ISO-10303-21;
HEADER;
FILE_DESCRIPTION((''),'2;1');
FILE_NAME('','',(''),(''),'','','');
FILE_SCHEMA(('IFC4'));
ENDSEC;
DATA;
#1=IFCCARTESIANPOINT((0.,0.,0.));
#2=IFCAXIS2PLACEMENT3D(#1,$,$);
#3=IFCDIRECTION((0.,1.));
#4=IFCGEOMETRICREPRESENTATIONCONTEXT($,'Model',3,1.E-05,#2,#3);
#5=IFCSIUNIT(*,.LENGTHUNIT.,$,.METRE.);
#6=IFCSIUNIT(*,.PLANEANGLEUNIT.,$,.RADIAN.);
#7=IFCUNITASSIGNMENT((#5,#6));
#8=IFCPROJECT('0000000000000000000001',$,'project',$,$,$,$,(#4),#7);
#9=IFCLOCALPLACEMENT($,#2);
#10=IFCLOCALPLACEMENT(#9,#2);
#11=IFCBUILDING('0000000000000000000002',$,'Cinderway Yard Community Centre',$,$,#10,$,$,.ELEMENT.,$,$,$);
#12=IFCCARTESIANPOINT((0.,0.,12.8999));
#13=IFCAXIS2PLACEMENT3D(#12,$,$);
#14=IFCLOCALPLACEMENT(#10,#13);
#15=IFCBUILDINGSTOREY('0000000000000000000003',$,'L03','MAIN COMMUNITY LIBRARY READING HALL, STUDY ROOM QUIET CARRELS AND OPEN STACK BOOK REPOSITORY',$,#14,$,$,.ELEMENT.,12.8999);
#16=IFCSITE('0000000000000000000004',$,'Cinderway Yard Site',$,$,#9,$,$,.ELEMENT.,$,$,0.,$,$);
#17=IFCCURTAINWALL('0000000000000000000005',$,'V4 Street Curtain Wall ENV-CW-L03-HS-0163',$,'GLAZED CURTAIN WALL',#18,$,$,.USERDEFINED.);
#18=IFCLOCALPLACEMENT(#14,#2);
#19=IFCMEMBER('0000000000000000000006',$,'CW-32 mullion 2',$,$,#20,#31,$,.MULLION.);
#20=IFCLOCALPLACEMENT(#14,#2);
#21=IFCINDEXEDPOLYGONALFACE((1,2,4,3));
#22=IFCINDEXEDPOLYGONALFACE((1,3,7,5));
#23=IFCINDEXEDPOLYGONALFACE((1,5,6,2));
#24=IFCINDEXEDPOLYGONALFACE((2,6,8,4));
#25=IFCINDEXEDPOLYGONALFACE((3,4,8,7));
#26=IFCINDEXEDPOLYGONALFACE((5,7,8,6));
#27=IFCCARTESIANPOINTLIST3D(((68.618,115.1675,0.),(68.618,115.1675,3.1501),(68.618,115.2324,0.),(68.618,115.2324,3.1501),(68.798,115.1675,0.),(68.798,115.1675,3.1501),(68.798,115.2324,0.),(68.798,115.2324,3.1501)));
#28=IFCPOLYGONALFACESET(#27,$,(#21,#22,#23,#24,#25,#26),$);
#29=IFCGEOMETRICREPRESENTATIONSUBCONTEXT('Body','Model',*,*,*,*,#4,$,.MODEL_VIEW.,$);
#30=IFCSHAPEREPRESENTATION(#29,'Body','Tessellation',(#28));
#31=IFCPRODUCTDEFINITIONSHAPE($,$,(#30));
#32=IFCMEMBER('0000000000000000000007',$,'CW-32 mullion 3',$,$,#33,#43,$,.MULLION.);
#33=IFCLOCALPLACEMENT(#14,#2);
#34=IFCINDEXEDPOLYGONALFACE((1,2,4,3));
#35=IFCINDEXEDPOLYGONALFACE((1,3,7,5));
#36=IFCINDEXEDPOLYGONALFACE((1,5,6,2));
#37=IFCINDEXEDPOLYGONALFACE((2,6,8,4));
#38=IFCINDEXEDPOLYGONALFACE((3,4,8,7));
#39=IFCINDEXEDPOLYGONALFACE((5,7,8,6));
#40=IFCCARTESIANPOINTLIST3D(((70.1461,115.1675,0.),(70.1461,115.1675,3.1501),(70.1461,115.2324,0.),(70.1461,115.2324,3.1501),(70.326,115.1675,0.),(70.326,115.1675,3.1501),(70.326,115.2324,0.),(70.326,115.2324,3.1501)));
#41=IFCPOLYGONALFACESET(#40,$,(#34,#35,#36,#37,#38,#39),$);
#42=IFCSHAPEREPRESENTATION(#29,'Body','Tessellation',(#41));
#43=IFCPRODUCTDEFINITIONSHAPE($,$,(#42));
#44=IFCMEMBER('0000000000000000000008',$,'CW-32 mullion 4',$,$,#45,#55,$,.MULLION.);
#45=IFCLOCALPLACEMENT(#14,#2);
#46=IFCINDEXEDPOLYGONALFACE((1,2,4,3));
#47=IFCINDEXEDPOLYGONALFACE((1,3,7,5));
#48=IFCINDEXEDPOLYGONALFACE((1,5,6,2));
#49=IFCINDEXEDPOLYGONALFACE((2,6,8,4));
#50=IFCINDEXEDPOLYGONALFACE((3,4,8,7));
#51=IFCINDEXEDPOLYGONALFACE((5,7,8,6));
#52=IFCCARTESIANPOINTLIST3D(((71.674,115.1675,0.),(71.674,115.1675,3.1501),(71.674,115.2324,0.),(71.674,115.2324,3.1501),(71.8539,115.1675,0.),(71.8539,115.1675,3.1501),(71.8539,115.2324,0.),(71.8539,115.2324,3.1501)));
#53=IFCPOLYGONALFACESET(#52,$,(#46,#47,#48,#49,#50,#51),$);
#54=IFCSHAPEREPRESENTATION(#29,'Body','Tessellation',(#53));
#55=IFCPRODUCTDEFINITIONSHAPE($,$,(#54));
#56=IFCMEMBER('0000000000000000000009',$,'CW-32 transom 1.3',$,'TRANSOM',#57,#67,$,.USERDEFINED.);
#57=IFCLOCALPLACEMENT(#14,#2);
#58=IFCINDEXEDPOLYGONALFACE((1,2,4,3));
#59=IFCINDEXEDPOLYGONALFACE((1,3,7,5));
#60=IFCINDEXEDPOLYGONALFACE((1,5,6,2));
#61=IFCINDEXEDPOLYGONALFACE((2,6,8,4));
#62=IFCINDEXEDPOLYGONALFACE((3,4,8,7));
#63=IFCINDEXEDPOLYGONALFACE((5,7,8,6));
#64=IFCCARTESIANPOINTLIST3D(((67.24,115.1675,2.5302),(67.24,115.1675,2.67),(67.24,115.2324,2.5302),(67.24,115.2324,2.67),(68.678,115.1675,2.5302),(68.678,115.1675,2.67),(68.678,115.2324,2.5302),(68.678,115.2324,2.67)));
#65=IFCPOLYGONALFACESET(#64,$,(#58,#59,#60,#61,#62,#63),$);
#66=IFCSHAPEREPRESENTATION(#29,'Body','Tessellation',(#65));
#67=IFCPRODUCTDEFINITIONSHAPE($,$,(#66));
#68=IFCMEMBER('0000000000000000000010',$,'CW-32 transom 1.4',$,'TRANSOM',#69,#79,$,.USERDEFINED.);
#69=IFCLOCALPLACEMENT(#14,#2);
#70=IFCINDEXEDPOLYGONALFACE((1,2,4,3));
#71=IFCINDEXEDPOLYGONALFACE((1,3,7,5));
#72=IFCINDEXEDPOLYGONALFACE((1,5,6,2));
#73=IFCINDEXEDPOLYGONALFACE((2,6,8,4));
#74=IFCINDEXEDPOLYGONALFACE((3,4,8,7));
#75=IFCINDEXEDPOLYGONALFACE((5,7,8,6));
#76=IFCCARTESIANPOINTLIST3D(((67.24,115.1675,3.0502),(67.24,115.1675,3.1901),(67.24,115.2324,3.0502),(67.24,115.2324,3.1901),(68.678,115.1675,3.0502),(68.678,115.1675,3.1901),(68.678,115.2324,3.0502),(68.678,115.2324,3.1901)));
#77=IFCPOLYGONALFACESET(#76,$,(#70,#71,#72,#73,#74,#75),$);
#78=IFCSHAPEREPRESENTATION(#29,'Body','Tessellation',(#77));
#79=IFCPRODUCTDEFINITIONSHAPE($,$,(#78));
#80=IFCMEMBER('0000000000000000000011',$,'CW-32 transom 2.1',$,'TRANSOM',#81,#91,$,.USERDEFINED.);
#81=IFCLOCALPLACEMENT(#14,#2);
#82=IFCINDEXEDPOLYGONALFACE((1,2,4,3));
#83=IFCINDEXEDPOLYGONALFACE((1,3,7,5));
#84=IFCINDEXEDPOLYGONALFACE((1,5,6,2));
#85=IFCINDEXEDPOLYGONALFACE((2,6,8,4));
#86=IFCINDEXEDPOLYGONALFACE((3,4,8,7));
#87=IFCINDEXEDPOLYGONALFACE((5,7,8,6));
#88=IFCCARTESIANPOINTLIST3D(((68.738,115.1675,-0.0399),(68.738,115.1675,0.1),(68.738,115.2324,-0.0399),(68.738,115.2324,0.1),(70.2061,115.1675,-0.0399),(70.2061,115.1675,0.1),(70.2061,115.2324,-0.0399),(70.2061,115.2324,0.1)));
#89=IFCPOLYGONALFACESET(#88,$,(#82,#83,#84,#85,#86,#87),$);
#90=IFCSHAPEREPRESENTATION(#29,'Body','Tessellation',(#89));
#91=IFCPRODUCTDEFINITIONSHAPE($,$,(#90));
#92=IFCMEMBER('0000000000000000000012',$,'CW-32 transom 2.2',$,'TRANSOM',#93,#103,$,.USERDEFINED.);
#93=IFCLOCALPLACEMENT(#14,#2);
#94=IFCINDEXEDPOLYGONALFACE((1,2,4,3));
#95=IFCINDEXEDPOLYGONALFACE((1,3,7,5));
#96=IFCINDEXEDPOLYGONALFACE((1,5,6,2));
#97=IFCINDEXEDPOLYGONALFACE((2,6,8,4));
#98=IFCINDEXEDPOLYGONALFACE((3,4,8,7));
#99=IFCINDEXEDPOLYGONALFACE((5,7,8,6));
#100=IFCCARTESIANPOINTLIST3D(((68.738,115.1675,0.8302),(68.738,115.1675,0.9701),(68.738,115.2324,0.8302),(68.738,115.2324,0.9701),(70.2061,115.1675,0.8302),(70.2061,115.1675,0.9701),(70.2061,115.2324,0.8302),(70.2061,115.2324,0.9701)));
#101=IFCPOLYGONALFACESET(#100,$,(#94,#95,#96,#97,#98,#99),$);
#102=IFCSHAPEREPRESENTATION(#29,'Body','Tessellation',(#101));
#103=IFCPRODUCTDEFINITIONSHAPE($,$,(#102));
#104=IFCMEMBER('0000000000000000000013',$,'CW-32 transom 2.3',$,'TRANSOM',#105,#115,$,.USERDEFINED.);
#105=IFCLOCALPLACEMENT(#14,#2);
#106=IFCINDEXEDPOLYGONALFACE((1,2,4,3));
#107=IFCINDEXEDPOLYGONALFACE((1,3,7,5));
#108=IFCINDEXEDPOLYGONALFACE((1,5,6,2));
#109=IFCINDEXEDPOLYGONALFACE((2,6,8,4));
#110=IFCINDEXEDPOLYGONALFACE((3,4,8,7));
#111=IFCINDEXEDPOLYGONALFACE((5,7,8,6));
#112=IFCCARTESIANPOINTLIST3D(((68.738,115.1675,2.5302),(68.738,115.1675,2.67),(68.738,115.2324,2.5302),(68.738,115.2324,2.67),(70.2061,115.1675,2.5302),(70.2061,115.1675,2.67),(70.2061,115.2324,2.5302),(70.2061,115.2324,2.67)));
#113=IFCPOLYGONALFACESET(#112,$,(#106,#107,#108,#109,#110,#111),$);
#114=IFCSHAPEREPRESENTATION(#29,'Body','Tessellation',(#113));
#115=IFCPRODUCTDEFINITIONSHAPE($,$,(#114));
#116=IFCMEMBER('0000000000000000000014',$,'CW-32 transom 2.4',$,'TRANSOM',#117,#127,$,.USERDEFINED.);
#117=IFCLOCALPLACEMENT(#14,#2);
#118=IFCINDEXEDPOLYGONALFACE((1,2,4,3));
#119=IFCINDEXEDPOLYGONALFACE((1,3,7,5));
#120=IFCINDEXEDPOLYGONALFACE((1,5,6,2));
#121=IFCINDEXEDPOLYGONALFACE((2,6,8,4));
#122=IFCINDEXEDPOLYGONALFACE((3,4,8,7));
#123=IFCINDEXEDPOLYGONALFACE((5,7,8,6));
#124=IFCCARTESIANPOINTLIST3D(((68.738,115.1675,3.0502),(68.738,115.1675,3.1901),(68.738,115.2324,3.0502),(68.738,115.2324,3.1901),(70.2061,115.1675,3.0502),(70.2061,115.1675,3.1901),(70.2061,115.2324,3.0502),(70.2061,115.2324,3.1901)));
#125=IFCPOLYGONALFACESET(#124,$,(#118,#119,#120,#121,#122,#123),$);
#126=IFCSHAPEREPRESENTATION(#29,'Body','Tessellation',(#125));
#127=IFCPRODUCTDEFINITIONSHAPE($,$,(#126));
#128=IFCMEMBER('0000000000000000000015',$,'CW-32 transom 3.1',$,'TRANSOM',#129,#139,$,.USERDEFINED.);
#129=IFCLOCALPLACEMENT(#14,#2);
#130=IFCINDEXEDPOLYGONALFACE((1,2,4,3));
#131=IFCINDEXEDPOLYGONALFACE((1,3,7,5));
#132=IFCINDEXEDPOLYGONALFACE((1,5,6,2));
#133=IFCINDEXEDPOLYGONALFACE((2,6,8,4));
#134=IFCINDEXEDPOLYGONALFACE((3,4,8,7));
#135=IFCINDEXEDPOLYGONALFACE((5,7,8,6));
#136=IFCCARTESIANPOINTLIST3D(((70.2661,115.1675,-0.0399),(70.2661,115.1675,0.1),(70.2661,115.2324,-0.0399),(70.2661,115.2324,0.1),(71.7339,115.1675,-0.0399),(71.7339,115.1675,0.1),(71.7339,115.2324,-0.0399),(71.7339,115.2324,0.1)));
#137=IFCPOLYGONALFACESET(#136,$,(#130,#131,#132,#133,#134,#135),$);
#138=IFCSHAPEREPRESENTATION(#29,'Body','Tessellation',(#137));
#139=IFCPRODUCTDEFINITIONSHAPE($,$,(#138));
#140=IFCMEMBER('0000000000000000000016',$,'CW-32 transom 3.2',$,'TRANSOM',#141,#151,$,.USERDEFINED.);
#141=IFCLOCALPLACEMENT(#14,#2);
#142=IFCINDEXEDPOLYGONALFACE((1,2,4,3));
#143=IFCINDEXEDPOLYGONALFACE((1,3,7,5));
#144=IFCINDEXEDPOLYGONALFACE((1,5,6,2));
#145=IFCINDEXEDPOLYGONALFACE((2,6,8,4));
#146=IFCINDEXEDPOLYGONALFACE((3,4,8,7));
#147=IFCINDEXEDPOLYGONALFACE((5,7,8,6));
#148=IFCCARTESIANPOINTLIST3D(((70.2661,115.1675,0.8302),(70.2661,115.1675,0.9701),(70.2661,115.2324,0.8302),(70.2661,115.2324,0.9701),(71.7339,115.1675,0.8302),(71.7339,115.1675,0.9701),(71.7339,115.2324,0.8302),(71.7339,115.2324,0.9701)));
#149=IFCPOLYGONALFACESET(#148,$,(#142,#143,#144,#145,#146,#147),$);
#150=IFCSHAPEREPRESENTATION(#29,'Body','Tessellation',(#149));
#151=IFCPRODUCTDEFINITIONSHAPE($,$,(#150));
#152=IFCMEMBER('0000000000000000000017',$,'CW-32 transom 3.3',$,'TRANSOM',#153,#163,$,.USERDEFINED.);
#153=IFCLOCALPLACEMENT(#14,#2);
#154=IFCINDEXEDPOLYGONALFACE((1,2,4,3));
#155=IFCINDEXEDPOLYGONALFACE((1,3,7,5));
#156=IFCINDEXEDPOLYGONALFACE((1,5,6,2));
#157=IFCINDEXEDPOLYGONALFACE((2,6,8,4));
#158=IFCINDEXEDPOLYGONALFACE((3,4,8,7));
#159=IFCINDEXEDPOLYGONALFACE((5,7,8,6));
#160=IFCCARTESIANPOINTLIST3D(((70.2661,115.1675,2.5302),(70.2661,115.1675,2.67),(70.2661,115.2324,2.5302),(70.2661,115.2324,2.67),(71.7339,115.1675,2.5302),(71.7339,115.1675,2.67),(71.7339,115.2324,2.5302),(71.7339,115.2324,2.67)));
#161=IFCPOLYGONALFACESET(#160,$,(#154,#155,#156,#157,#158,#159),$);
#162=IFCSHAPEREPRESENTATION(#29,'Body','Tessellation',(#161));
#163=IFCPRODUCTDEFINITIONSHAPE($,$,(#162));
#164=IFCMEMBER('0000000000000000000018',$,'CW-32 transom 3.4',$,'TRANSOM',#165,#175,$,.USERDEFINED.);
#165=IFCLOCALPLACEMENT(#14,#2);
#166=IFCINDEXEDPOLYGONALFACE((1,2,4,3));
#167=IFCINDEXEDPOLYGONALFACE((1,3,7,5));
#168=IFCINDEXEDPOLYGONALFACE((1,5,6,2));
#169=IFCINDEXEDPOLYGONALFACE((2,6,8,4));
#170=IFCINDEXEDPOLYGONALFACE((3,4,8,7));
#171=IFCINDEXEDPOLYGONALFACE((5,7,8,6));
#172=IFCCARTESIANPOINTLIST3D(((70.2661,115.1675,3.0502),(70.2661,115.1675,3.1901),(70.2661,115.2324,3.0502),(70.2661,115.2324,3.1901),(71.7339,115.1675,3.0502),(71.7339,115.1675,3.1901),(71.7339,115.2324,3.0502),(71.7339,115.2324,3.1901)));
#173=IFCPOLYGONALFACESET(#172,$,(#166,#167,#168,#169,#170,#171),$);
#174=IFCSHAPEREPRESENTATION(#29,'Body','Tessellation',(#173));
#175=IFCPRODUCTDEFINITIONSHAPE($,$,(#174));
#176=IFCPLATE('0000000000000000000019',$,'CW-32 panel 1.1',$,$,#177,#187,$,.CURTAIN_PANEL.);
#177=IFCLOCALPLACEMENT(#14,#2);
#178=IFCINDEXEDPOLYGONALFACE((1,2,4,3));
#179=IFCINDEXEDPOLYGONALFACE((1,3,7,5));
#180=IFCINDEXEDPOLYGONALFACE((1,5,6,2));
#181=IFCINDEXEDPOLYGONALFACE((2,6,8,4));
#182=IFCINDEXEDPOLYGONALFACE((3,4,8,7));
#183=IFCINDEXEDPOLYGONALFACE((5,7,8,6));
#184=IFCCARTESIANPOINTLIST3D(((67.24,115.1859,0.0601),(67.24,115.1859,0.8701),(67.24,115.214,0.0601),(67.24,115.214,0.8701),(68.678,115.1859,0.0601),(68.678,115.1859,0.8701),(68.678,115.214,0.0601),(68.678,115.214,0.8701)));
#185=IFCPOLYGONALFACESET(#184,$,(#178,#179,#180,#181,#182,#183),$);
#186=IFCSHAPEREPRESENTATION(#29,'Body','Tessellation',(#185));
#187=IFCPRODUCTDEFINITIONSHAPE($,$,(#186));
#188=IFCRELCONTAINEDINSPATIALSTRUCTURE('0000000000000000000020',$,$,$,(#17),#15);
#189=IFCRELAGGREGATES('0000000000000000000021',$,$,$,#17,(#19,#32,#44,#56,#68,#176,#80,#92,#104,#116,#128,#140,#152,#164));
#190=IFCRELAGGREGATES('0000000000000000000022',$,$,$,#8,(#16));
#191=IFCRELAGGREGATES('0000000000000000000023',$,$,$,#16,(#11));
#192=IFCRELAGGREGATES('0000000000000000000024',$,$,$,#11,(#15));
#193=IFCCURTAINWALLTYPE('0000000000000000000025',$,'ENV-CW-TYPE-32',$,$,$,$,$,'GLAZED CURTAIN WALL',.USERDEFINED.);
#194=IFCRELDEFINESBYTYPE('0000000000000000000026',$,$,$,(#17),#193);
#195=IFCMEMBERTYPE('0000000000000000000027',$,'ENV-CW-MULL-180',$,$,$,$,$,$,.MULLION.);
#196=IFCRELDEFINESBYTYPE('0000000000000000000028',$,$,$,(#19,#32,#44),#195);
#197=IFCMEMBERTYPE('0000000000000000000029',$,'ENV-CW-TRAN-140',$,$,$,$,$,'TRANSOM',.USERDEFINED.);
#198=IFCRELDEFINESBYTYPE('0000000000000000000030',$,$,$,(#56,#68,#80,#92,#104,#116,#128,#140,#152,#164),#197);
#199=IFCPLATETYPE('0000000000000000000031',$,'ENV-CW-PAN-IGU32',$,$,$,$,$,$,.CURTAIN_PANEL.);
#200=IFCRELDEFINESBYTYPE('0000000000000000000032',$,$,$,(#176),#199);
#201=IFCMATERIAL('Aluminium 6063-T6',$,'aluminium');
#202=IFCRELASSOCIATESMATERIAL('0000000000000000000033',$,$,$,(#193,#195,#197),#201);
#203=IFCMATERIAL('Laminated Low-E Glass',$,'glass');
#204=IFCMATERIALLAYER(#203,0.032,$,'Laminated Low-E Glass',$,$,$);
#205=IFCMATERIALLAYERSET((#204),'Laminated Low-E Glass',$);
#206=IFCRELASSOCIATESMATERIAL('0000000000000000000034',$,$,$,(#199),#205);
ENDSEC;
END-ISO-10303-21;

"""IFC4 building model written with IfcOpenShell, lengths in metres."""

from ifc_helpers import new_model, si_unit, direction, frame, origin, origin_2d, place, context, subcontext, project, spatial, rectangle, extrude, material, layer, layer_set, material_profile, profile_set, type_object, element, aggregate, save


model = new_model("IFC4")

# Units and contexts
model_context = context("Model", 3, precision=1e-05, world=origin(), true_north=direction((0.0, 1.0)))
body_context = subcontext(model_context, "Body", "Model", "MODEL_VIEW")
ifc_project = project(units=[si_unit("LENGTHUNIT", "METRE"), si_unit("PLANEANGLEUNIT", "RADIAN")], contexts=[model_context])

# Site, building, storey
site_placement = place(None, origin())
site = spatial("IfcSite", under=ifc_project, at=site_placement, Name="Cinderway Yard Site", CompositionType="ELEMENT", RefElevation=0.0)
building_placement = place(site_placement, origin())
building = spatial("IfcBuilding", under=site, at=building_placement, Name="Cinderway Yard Community Centre", CompositionType="ELEMENT")
storey_placement = place(building_placement, frame((0.0, 0.0, 12.8999)))
storey = spatial("IfcBuildingStorey", under=building, at=storey_placement, Name="L03", Description="MAIN COMMUNITY LIBRARY READING HALL, STUDY ROOM QUIET CARRELS AND OPEN STACK BOOK REPOSITORY", CompositionType="ELEMENT", Elevation=12.8999)

# Curtain wall, members, plate
ifc_material_1 = material(Name="Aluminium 6063-T6", Category="aluminium")
curtain_wall_type = type_object("IfcCurtainWallType", Name="ENV-CW-TYPE-32", ElementType="GLAZED CURTAIN WALL", PredefinedType="USERDEFINED", material=ifc_material_1)
curtain_wall_placement = place(storey_placement, origin())
curtain_wall = element("IfcCurtainWall", 1, at=curtain_wall_placement, inside=storey, type_object=curtain_wall_type, Name="V4 Street Curtain Wall ENV-CW-L03-HS-0163", ObjectType="GLAZED CURTAIN WALL", PredefinedType="USERDEFINED")
ifc_material_profile_1 = material_profile(ifc_material_1, rectangle(XDim=0.0649, YDim=0.1799, at=origin_2d()), Name="Aluminium 6063-T6")
ifc_profile_set_1 = profile_set([ifc_material_profile_1], Name="Aluminium 6063-T6")
member_type_1 = type_object("IfcMemberType", Name="ENV-CW-MULL-180", PredefinedType="MULLION", material=ifc_profile_set_1)
member_1_placement = place(storey_placement, frame((68.708, 115.2, 0.0), z_axis=(0.0, 0.0, 1.0), x_axis=(0.0, 1.0, 0.0)))
member_1 = element("IfcMember", 2, at=member_1_placement, type_object=member_type_1, Name="CW-32 mullion 2", PredefinedType="MULLION", context=body_context, shape_type="SweptSolid", body=[
    extrude(rectangle(XDim=0.0649, YDim=0.1799, at=origin_2d()), origin(), (0.0, 0.0, 1.0), 3.1501),
])
member_2_placement = place(storey_placement, frame((70.2361, 115.2, 0.0), z_axis=(0.0, 0.0, 1.0), x_axis=(0.0, 1.0, 0.0)))
member_2 = element("IfcMember", 3, at=member_2_placement, type_object=member_type_1, Name="CW-32 mullion 3", PredefinedType="MULLION", context=body_context, shape_type="SweptSolid", body=[
    extrude(rectangle(XDim=0.0649, YDim=0.1799, at=origin_2d()), origin(), (0.0, 0.0, 1.0), 3.1501),
])
member_3_placement = place(storey_placement, frame((71.7639, 115.2, 0.0), z_axis=(0.0, 0.0, 1.0), x_axis=(0.0, 1.0, 0.0)))
member_3 = element("IfcMember", 4, at=member_3_placement, type_object=member_type_1, Name="CW-32 mullion 4", PredefinedType="MULLION", context=body_context, shape_type="SweptSolid", body=[
    extrude(rectangle(XDim=0.0649, YDim=0.1799, at=origin_2d()), origin(), (0.0, 0.0, 1.0), 3.1501),
])
ifc_material_profile_2 = material_profile(ifc_material_1, rectangle(XDim=0.0649, YDim=0.1399, at=origin_2d()), Name="Aluminium 6063-T6")
ifc_profile_set_2 = profile_set([ifc_material_profile_2], Name="Aluminium 6063-T6")
member_type_2 = type_object("IfcMemberType", Name="ENV-CW-TRAN-140", ElementType="TRANSOM", PredefinedType="USERDEFINED", material=ifc_profile_set_2)
member_4_placement = place(storey_placement, frame((67.24, 115.2, 2.6001), z_axis=(1.0, 0.0, 0.0), x_axis=(0.0, 1.0, 0.0)))
member_4 = element("IfcMember", 5, at=member_4_placement, type_object=member_type_2, Name="CW-32 transom 1.3", ObjectType="TRANSOM", PredefinedType="USERDEFINED", context=body_context, shape_type="SweptSolid", body=[
    extrude(rectangle(XDim=0.0649, YDim=0.1399, at=origin_2d()), origin(), (0.0, 0.0, 1.0), 1.438),
])
member_5_placement = place(storey_placement, frame((67.24, 115.2, 3.1201), z_axis=(1.0, 0.0, 0.0), x_axis=(0.0, 1.0, 0.0)))
member_5 = element("IfcMember", 6, at=member_5_placement, type_object=member_type_2, Name="CW-32 transom 1.4", ObjectType="TRANSOM", PredefinedType="USERDEFINED", context=body_context, shape_type="SweptSolid", body=[
    extrude(rectangle(XDim=0.0649, YDim=0.1399, at=origin_2d()), origin(), (0.0, 0.0, 1.0), 1.438),
])
member_6_placement = place(storey_placement, frame((68.738, 115.2, 0.03), z_axis=(1.0, 0.0, 0.0), x_axis=(0.0, 1.0, 0.0)))
member_6 = element("IfcMember", 7, at=member_6_placement, type_object=member_type_2, Name="CW-32 transom 2.1", ObjectType="TRANSOM", PredefinedType="USERDEFINED", context=body_context, shape_type="SweptSolid", body=[
    extrude(rectangle(XDim=0.0649, YDim=0.1399, at=origin_2d()), origin(), (0.0, 0.0, 1.0), 1.468),
])
member_7_placement = place(storey_placement, frame((68.738, 115.2, 0.9001), z_axis=(1.0, 0.0, 0.0), x_axis=(0.0, 1.0, 0.0)))
member_7 = element("IfcMember", 8, at=member_7_placement, type_object=member_type_2, Name="CW-32 transom 2.2", ObjectType="TRANSOM", PredefinedType="USERDEFINED", context=body_context, shape_type="SweptSolid", body=[
    extrude(rectangle(XDim=0.0649, YDim=0.1399, at=origin_2d()), origin(), (0.0, 0.0, 1.0), 1.468),
])
member_8_placement = place(storey_placement, frame((68.738, 115.2, 2.6001), z_axis=(1.0, 0.0, 0.0), x_axis=(0.0, 1.0, 0.0)))
member_8 = element("IfcMember", 9, at=member_8_placement, type_object=member_type_2, Name="CW-32 transom 2.3", ObjectType="TRANSOM", PredefinedType="USERDEFINED", context=body_context, shape_type="SweptSolid", body=[
    extrude(rectangle(XDim=0.0649, YDim=0.1399, at=origin_2d()), origin(), (0.0, 0.0, 1.0), 1.468),
])
member_9_placement = place(storey_placement, frame((68.738, 115.2, 3.1201), z_axis=(1.0, 0.0, 0.0), x_axis=(0.0, 1.0, 0.0)))
member_9 = element("IfcMember", 10, at=member_9_placement, type_object=member_type_2, Name="CW-32 transom 2.4", ObjectType="TRANSOM", PredefinedType="USERDEFINED", context=body_context, shape_type="SweptSolid", body=[
    extrude(rectangle(XDim=0.0649, YDim=0.1399, at=origin_2d()), origin(), (0.0, 0.0, 1.0), 1.468),
])
member_10_placement = place(storey_placement, frame((70.2661, 115.2, 0.03), z_axis=(1.0, 0.0, 0.0), x_axis=(0.0, 1.0, 0.0)))
member_10 = element("IfcMember", 11, at=member_10_placement, type_object=member_type_2, Name="CW-32 transom 3.1", ObjectType="TRANSOM", PredefinedType="USERDEFINED", context=body_context, shape_type="SweptSolid", body=[
    extrude(rectangle(XDim=0.0649, YDim=0.1399, at=origin_2d()), origin(), (0.0, 0.0, 1.0), 1.4678),
])
member_11_placement = place(storey_placement, frame((70.2661, 115.2, 0.9001), z_axis=(1.0, 0.0, 0.0), x_axis=(0.0, 1.0, 0.0)))
member_11 = element("IfcMember", 12, at=member_11_placement, type_object=member_type_2, Name="CW-32 transom 3.2", ObjectType="TRANSOM", PredefinedType="USERDEFINED", context=body_context, shape_type="SweptSolid", body=[
    extrude(rectangle(XDim=0.0649, YDim=0.1399, at=origin_2d()), origin(), (0.0, 0.0, 1.0), 1.4678),
])
member_12_placement = place(storey_placement, frame((70.2661, 115.2, 2.6001), z_axis=(1.0, 0.0, 0.0), x_axis=(0.0, 1.0, 0.0)))
member_12 = element("IfcMember", 13, at=member_12_placement, type_object=member_type_2, Name="CW-32 transom 3.3", ObjectType="TRANSOM", PredefinedType="USERDEFINED", context=body_context, shape_type="SweptSolid", body=[
    extrude(rectangle(XDim=0.0649, YDim=0.1399, at=origin_2d()), origin(), (0.0, 0.0, 1.0), 1.4678),
])
member_13_placement = place(storey_placement, frame((70.2661, 115.2, 3.1201), z_axis=(1.0, 0.0, 0.0), x_axis=(0.0, 1.0, 0.0)))
member_13 = element("IfcMember", 14, at=member_13_placement, type_object=member_type_2, Name="CW-32 transom 3.4", ObjectType="TRANSOM", PredefinedType="USERDEFINED", context=body_context, shape_type="SweptSolid", body=[
    extrude(rectangle(XDim=0.0649, YDim=0.1399, at=origin_2d()), origin(), (0.0, 0.0, 1.0), 1.4678),
])
ifc_material_2 = material(Name="Laminated Low-E Glass", Category="glass")
ifc_layer = layer(ifc_material_2, 0.032, Name="Laminated Low-E Glass")
ifc_layer_set = layer_set([ifc_layer], Name="Laminated Low-E Glass")
plate_type = type_object("IfcPlateType", Name="ENV-CW-PAN-IGU32", PredefinedType="CURTAIN_PANEL", material=ifc_layer_set)
plate_1_placement = place(storey_placement, frame((67.959, 115.2, 0.0601), z_axis=(0.0, 0.0, 1.0), x_axis=(1.0, 0.0, 0.0)))
plate_1 = element("IfcPlate", 15, at=plate_1_placement, type_object=plate_type, Name="CW-32 panel 1.1", PredefinedType="CURTAIN_PANEL", context=body_context, shape_type="SweptSolid", body=[
    extrude(rectangle(XDim=1.438, YDim=0.0281, at=origin_2d()), origin(), (0.0, 0.0, 1.0), 0.8101),
])
aggregate(curtain_wall, [member_1, member_2, member_3, member_4, member_5, plate_1, member_6, member_7, member_8, member_9, member_10, member_11, member_12, member_13])

save(model, "model.ifc")
